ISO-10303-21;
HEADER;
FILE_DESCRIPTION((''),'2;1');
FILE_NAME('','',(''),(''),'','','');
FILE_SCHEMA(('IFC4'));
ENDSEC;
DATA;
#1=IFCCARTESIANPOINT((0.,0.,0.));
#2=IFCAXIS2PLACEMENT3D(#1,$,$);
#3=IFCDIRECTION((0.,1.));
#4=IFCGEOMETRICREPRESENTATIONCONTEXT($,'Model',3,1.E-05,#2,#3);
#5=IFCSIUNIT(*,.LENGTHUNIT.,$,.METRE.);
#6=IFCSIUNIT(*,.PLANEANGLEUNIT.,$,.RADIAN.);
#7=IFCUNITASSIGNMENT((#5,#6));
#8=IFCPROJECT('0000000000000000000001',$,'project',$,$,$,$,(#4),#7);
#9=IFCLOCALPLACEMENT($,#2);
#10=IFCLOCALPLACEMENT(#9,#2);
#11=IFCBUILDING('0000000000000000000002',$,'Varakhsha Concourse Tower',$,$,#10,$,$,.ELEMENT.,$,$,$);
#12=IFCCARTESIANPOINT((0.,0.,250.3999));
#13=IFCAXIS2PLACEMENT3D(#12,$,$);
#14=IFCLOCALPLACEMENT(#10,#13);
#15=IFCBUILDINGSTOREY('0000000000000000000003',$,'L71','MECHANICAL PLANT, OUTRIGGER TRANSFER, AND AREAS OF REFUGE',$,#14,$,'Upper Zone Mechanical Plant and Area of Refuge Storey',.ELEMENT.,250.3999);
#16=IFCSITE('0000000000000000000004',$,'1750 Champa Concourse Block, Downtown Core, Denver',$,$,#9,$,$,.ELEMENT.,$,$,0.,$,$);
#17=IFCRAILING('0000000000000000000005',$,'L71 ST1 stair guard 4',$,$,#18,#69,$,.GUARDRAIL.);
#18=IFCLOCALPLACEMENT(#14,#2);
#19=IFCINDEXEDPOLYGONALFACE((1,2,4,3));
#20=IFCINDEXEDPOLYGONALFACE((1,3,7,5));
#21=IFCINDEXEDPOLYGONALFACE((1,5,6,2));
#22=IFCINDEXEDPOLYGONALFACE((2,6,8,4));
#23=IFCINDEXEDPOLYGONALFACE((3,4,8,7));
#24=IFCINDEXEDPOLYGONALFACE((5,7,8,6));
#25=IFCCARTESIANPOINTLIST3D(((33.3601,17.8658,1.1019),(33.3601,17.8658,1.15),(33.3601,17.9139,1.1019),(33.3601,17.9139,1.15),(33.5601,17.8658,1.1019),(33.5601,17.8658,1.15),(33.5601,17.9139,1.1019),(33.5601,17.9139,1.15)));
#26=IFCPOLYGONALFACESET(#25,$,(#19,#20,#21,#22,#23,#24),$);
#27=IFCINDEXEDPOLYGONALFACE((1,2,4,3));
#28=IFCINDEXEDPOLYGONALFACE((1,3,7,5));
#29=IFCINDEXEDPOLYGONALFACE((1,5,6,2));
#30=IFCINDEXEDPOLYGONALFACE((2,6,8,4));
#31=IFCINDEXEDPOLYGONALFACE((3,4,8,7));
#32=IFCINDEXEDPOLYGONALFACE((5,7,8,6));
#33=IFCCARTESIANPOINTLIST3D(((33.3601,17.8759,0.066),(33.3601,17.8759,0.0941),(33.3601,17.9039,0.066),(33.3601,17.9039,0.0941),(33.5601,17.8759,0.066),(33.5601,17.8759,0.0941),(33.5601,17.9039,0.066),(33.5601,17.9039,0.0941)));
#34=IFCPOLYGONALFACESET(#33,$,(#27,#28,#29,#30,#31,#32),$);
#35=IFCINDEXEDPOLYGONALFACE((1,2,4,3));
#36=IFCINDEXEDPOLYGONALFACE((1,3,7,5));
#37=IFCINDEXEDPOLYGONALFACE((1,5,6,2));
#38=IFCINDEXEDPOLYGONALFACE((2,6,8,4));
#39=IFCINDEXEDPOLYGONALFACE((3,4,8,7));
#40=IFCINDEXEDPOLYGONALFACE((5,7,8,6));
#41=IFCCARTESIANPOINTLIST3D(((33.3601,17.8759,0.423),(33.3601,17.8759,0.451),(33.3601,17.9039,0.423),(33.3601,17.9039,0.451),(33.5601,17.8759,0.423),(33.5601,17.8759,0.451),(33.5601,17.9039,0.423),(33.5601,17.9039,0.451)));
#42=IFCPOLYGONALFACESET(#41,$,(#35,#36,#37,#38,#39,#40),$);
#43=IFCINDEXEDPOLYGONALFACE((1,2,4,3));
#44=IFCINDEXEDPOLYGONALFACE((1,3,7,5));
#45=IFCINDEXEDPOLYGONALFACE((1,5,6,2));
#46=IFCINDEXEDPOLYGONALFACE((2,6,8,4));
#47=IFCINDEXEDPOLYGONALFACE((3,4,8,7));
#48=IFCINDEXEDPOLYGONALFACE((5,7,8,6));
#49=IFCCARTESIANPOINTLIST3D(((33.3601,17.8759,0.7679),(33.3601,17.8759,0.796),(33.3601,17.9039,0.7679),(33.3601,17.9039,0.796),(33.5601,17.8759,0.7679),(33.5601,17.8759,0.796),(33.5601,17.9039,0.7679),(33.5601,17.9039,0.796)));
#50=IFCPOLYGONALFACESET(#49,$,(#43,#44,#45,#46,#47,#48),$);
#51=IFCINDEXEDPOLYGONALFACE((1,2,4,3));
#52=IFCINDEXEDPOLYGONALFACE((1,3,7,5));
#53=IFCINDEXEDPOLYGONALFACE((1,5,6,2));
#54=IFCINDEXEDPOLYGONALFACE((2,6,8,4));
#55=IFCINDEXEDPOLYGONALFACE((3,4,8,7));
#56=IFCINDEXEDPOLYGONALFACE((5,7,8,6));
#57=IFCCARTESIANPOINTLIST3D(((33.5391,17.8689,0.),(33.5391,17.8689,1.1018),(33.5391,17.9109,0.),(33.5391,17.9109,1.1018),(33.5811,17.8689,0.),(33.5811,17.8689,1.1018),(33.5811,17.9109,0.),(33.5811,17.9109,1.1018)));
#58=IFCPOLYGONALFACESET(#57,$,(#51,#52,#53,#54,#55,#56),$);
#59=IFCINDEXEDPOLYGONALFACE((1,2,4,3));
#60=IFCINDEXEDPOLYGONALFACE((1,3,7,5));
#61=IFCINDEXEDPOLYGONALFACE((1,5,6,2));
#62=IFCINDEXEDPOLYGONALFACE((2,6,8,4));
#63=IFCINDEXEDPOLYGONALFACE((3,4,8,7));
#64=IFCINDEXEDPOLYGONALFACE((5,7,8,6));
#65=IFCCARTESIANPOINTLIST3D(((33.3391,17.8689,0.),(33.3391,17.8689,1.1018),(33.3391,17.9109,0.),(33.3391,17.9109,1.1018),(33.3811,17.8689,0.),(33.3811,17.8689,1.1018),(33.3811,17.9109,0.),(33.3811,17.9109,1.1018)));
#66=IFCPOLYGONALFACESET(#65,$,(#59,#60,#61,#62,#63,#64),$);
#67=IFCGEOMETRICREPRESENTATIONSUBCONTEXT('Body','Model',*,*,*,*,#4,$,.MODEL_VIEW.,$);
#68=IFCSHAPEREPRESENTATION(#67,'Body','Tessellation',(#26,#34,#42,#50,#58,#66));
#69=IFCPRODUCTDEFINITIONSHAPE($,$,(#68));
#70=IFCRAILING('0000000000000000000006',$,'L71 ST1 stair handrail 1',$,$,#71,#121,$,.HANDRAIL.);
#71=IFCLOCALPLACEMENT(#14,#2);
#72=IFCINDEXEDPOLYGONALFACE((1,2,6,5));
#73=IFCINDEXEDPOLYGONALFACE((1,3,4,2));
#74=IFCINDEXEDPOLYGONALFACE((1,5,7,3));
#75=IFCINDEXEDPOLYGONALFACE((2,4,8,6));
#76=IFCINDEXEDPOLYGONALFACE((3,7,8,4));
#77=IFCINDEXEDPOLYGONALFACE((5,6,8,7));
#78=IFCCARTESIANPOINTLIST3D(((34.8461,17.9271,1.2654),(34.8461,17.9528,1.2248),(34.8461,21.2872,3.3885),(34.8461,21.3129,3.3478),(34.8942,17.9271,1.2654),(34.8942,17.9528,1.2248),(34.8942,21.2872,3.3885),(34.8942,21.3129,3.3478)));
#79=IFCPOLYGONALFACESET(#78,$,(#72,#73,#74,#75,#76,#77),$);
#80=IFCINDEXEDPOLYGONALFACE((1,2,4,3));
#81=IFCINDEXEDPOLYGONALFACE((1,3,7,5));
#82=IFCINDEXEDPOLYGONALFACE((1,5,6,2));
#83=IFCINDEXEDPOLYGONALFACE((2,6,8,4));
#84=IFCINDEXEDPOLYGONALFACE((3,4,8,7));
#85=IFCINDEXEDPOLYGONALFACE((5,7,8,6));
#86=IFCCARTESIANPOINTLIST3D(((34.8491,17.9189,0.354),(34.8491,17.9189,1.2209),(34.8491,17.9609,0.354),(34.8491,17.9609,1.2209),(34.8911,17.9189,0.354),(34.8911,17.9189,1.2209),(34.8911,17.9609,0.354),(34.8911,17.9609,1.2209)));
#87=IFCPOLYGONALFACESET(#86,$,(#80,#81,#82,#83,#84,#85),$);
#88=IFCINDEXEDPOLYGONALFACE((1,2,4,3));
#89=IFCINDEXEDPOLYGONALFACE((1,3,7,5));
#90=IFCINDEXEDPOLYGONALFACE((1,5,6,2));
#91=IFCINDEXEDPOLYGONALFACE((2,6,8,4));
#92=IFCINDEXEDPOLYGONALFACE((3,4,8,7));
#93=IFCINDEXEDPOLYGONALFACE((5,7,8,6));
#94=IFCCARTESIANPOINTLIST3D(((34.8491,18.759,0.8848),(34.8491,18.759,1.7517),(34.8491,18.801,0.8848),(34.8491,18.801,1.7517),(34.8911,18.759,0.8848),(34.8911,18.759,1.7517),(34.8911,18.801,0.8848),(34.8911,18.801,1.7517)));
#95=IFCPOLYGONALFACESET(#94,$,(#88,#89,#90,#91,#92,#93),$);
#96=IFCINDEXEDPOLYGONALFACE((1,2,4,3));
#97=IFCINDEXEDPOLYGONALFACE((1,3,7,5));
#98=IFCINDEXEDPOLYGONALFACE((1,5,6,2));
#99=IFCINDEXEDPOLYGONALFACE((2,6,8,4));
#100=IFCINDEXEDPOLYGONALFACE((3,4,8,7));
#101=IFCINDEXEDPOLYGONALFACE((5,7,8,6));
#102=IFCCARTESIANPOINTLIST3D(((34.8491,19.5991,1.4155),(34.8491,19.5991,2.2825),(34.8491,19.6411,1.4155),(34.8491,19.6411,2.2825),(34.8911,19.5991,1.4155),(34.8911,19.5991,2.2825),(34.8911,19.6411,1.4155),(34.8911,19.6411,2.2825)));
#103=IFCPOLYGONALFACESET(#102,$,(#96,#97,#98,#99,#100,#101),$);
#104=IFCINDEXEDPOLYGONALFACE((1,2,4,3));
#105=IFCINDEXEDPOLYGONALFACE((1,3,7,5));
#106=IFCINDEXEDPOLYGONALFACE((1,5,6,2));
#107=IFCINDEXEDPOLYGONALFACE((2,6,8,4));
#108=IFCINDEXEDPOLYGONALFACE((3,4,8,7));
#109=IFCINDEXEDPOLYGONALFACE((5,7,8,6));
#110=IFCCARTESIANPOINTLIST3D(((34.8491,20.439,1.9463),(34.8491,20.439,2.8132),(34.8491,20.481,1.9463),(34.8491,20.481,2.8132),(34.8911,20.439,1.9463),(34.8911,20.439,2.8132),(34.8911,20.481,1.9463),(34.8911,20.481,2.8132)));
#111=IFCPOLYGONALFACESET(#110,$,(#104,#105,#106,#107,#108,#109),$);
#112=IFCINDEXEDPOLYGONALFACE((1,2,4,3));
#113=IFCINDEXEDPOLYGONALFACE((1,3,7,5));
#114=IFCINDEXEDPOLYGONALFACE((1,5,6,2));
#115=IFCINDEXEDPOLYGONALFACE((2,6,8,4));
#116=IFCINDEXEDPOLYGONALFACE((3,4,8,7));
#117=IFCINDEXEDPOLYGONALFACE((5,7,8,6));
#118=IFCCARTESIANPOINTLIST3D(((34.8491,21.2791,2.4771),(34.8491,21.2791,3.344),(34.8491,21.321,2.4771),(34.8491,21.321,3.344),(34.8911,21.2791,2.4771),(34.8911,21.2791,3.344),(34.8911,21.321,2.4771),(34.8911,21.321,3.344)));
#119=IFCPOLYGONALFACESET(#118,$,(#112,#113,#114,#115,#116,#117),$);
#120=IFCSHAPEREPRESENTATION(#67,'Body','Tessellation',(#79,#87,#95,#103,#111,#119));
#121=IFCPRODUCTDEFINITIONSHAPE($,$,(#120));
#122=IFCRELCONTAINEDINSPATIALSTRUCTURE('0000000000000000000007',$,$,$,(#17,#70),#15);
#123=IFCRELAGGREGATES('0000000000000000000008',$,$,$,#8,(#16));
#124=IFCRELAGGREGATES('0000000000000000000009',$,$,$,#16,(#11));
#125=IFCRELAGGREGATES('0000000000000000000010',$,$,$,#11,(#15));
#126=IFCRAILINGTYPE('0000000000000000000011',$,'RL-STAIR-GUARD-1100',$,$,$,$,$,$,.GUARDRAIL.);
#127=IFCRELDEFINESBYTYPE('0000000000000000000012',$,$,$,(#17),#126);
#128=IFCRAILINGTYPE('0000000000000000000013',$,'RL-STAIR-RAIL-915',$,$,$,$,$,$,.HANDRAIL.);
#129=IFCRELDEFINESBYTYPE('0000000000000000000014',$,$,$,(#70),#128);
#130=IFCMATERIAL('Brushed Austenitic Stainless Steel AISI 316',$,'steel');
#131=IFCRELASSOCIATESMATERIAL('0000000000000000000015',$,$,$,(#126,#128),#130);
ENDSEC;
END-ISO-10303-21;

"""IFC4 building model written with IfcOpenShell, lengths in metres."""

from ifc_helpers import new_model, si_unit, direction, frame, origin, origin_2d, place, context, subcontext, project, spatial, rectangle, extrude, material, type_object, element, save


model = new_model("IFC4")

# Units and contexts
model_context = context("Model", 3, precision=1e-05, world=origin(), true_north=direction((0.0, 1.0)))
body_context = subcontext(model_context, "Body", "Model", "MODEL_VIEW")
ifc_project = project(units=[si_unit("LENGTHUNIT", "METRE"), si_unit("PLANEANGLEUNIT", "RADIAN")], contexts=[model_context])

# Site, building, storey
site_placement = place(None, origin())
site = spatial("IfcSite", under=ifc_project, at=site_placement, Name="1750 Champa Concourse Block, Downtown Core, Denver", CompositionType="ELEMENT", RefElevation=0.0)
building_placement = place(site_placement, origin())
building = spatial("IfcBuilding", under=site, at=building_placement, Name="Varakhsha Concourse Tower", CompositionType="ELEMENT")
storey_placement = place(building_placement, frame((0.0, 0.0, 250.3999)))
storey = spatial("IfcBuildingStorey", under=building, at=storey_placement, Name="L71", Description="MECHANICAL PLANT, OUTRIGGER TRANSFER, AND AREAS OF REFUGE", LongName="Upper Zone Mechanical Plant and Area of Refuge Storey", CompositionType="ELEMENT", Elevation=250.3999)

# Railings
ifc_material_1 = material(Name="Brushed Austenitic Stainless Steel AISI 316", Category="steel")
railing_type_1 = type_object("IfcRailingType", Name="RL-STAIR-GUARD-1100", PredefinedType="GUARDRAIL", material=ifc_material_1)
railing_1_placement = place(storey_placement, frame((33.5601, 17.8899, 0.0)))
element("IfcRailing", 1, at=railing_1_placement, inside=storey, type_object=railing_type_1, Name="L71 ST1 stair guard 4", PredefinedType="GUARDRAIL", context=body_context, shape_type="SweptSolid", body=[
    extrude(rectangle(XDim=0.0481, YDim=0.0481, at=origin_2d()), frame((0.0, 0.0, 1.126), z_axis=(-1.0, 0.0, 0.0), x_axis=(0.0, -1.0, 0.0)), (0.0, 0.0, 1.0), 0.2),
    extrude(rectangle(XDim=0.0281, YDim=0.0281, at=origin_2d()), frame((0.0, 0.0, 0.0801), z_axis=(-1.0, 0.0, 0.0), x_axis=(0.0, -1.0, 0.0)), (0.0, 0.0, 1.0), 0.2),
    extrude(rectangle(XDim=0.0281, YDim=0.0281, at=origin_2d()), frame((0.0, 0.0, 0.437), z_axis=(-1.0, 0.0, 0.0), x_axis=(0.0, -1.0, 0.0)), (0.0, 0.0, 1.0), 0.2),
    extrude(rectangle(XDim=0.0281, YDim=0.0281, at=origin_2d()), frame((0.0, 0.0, 0.782), z_axis=(-1.0, 0.0, 0.0), x_axis=(0.0, -1.0, 0.0)), (0.0, 0.0, 1.0), 0.2),
    extrude(rectangle(XDim=0.042, YDim=0.042, at=origin_2d()), origin(), (0.0, 0.0, 1.0), 1.1018),
    extrude(rectangle(XDim=0.042, YDim=0.042, at=origin_2d()), frame((-0.2, 0.0, 0.0)), (0.0, 0.0, 1.0), 1.1018),
])
railing_type_2 = type_object("IfcRailingType", Name="RL-STAIR-RAIL-915", PredefinedType="HANDRAIL", material=ifc_material_1)
railing_2_placement = place(storey_placement, frame((34.8701, 17.9399, 0.354)))
element("IfcRailing", 2, at=railing_2_placement, inside=storey, type_object=railing_type_2, Name="L71 ST1 stair handrail 1", PredefinedType="HANDRAIL", context=body_context, shape_type="SweptSolid", body=[
    extrude(rectangle(XDim=0.0481, YDim=0.0481, at=origin_2d()), frame((0.0, 0.0, 0.8911), z_axis=(0.0, 0.84539, 0.53415), x_axis=(-1.0, 0.0, 0.0)), (0.0, 0.0, 1.0), 3.9746),
    extrude(rectangle(XDim=0.042, YDim=0.042, at=origin_2d()), origin(), (0.0, 0.0, 1.0), 0.8669),
    extrude(rectangle(XDim=0.042, YDim=0.042, at=origin_2d()), frame((0.0, 0.8401, 0.5308)), (0.0, 0.0, 1.0), 0.8669),
    extrude(rectangle(XDim=0.042, YDim=0.042, at=origin_2d()), frame((0.0, 1.6802, 1.0615)), (0.0, 0.0, 1.0), 0.8669),
    extrude(rectangle(XDim=0.042, YDim=0.042, at=origin_2d()), frame((0.0, 2.52, 1.5923)), (0.0, 0.0, 1.0), 0.8669),
    extrude(rectangle(XDim=0.042, YDim=0.042, at=origin_2d()), frame((0.0, 3.3601, 2.123)), (0.0, 0.0, 1.0), 0.8669),
])

save(model, "model.ifc")
